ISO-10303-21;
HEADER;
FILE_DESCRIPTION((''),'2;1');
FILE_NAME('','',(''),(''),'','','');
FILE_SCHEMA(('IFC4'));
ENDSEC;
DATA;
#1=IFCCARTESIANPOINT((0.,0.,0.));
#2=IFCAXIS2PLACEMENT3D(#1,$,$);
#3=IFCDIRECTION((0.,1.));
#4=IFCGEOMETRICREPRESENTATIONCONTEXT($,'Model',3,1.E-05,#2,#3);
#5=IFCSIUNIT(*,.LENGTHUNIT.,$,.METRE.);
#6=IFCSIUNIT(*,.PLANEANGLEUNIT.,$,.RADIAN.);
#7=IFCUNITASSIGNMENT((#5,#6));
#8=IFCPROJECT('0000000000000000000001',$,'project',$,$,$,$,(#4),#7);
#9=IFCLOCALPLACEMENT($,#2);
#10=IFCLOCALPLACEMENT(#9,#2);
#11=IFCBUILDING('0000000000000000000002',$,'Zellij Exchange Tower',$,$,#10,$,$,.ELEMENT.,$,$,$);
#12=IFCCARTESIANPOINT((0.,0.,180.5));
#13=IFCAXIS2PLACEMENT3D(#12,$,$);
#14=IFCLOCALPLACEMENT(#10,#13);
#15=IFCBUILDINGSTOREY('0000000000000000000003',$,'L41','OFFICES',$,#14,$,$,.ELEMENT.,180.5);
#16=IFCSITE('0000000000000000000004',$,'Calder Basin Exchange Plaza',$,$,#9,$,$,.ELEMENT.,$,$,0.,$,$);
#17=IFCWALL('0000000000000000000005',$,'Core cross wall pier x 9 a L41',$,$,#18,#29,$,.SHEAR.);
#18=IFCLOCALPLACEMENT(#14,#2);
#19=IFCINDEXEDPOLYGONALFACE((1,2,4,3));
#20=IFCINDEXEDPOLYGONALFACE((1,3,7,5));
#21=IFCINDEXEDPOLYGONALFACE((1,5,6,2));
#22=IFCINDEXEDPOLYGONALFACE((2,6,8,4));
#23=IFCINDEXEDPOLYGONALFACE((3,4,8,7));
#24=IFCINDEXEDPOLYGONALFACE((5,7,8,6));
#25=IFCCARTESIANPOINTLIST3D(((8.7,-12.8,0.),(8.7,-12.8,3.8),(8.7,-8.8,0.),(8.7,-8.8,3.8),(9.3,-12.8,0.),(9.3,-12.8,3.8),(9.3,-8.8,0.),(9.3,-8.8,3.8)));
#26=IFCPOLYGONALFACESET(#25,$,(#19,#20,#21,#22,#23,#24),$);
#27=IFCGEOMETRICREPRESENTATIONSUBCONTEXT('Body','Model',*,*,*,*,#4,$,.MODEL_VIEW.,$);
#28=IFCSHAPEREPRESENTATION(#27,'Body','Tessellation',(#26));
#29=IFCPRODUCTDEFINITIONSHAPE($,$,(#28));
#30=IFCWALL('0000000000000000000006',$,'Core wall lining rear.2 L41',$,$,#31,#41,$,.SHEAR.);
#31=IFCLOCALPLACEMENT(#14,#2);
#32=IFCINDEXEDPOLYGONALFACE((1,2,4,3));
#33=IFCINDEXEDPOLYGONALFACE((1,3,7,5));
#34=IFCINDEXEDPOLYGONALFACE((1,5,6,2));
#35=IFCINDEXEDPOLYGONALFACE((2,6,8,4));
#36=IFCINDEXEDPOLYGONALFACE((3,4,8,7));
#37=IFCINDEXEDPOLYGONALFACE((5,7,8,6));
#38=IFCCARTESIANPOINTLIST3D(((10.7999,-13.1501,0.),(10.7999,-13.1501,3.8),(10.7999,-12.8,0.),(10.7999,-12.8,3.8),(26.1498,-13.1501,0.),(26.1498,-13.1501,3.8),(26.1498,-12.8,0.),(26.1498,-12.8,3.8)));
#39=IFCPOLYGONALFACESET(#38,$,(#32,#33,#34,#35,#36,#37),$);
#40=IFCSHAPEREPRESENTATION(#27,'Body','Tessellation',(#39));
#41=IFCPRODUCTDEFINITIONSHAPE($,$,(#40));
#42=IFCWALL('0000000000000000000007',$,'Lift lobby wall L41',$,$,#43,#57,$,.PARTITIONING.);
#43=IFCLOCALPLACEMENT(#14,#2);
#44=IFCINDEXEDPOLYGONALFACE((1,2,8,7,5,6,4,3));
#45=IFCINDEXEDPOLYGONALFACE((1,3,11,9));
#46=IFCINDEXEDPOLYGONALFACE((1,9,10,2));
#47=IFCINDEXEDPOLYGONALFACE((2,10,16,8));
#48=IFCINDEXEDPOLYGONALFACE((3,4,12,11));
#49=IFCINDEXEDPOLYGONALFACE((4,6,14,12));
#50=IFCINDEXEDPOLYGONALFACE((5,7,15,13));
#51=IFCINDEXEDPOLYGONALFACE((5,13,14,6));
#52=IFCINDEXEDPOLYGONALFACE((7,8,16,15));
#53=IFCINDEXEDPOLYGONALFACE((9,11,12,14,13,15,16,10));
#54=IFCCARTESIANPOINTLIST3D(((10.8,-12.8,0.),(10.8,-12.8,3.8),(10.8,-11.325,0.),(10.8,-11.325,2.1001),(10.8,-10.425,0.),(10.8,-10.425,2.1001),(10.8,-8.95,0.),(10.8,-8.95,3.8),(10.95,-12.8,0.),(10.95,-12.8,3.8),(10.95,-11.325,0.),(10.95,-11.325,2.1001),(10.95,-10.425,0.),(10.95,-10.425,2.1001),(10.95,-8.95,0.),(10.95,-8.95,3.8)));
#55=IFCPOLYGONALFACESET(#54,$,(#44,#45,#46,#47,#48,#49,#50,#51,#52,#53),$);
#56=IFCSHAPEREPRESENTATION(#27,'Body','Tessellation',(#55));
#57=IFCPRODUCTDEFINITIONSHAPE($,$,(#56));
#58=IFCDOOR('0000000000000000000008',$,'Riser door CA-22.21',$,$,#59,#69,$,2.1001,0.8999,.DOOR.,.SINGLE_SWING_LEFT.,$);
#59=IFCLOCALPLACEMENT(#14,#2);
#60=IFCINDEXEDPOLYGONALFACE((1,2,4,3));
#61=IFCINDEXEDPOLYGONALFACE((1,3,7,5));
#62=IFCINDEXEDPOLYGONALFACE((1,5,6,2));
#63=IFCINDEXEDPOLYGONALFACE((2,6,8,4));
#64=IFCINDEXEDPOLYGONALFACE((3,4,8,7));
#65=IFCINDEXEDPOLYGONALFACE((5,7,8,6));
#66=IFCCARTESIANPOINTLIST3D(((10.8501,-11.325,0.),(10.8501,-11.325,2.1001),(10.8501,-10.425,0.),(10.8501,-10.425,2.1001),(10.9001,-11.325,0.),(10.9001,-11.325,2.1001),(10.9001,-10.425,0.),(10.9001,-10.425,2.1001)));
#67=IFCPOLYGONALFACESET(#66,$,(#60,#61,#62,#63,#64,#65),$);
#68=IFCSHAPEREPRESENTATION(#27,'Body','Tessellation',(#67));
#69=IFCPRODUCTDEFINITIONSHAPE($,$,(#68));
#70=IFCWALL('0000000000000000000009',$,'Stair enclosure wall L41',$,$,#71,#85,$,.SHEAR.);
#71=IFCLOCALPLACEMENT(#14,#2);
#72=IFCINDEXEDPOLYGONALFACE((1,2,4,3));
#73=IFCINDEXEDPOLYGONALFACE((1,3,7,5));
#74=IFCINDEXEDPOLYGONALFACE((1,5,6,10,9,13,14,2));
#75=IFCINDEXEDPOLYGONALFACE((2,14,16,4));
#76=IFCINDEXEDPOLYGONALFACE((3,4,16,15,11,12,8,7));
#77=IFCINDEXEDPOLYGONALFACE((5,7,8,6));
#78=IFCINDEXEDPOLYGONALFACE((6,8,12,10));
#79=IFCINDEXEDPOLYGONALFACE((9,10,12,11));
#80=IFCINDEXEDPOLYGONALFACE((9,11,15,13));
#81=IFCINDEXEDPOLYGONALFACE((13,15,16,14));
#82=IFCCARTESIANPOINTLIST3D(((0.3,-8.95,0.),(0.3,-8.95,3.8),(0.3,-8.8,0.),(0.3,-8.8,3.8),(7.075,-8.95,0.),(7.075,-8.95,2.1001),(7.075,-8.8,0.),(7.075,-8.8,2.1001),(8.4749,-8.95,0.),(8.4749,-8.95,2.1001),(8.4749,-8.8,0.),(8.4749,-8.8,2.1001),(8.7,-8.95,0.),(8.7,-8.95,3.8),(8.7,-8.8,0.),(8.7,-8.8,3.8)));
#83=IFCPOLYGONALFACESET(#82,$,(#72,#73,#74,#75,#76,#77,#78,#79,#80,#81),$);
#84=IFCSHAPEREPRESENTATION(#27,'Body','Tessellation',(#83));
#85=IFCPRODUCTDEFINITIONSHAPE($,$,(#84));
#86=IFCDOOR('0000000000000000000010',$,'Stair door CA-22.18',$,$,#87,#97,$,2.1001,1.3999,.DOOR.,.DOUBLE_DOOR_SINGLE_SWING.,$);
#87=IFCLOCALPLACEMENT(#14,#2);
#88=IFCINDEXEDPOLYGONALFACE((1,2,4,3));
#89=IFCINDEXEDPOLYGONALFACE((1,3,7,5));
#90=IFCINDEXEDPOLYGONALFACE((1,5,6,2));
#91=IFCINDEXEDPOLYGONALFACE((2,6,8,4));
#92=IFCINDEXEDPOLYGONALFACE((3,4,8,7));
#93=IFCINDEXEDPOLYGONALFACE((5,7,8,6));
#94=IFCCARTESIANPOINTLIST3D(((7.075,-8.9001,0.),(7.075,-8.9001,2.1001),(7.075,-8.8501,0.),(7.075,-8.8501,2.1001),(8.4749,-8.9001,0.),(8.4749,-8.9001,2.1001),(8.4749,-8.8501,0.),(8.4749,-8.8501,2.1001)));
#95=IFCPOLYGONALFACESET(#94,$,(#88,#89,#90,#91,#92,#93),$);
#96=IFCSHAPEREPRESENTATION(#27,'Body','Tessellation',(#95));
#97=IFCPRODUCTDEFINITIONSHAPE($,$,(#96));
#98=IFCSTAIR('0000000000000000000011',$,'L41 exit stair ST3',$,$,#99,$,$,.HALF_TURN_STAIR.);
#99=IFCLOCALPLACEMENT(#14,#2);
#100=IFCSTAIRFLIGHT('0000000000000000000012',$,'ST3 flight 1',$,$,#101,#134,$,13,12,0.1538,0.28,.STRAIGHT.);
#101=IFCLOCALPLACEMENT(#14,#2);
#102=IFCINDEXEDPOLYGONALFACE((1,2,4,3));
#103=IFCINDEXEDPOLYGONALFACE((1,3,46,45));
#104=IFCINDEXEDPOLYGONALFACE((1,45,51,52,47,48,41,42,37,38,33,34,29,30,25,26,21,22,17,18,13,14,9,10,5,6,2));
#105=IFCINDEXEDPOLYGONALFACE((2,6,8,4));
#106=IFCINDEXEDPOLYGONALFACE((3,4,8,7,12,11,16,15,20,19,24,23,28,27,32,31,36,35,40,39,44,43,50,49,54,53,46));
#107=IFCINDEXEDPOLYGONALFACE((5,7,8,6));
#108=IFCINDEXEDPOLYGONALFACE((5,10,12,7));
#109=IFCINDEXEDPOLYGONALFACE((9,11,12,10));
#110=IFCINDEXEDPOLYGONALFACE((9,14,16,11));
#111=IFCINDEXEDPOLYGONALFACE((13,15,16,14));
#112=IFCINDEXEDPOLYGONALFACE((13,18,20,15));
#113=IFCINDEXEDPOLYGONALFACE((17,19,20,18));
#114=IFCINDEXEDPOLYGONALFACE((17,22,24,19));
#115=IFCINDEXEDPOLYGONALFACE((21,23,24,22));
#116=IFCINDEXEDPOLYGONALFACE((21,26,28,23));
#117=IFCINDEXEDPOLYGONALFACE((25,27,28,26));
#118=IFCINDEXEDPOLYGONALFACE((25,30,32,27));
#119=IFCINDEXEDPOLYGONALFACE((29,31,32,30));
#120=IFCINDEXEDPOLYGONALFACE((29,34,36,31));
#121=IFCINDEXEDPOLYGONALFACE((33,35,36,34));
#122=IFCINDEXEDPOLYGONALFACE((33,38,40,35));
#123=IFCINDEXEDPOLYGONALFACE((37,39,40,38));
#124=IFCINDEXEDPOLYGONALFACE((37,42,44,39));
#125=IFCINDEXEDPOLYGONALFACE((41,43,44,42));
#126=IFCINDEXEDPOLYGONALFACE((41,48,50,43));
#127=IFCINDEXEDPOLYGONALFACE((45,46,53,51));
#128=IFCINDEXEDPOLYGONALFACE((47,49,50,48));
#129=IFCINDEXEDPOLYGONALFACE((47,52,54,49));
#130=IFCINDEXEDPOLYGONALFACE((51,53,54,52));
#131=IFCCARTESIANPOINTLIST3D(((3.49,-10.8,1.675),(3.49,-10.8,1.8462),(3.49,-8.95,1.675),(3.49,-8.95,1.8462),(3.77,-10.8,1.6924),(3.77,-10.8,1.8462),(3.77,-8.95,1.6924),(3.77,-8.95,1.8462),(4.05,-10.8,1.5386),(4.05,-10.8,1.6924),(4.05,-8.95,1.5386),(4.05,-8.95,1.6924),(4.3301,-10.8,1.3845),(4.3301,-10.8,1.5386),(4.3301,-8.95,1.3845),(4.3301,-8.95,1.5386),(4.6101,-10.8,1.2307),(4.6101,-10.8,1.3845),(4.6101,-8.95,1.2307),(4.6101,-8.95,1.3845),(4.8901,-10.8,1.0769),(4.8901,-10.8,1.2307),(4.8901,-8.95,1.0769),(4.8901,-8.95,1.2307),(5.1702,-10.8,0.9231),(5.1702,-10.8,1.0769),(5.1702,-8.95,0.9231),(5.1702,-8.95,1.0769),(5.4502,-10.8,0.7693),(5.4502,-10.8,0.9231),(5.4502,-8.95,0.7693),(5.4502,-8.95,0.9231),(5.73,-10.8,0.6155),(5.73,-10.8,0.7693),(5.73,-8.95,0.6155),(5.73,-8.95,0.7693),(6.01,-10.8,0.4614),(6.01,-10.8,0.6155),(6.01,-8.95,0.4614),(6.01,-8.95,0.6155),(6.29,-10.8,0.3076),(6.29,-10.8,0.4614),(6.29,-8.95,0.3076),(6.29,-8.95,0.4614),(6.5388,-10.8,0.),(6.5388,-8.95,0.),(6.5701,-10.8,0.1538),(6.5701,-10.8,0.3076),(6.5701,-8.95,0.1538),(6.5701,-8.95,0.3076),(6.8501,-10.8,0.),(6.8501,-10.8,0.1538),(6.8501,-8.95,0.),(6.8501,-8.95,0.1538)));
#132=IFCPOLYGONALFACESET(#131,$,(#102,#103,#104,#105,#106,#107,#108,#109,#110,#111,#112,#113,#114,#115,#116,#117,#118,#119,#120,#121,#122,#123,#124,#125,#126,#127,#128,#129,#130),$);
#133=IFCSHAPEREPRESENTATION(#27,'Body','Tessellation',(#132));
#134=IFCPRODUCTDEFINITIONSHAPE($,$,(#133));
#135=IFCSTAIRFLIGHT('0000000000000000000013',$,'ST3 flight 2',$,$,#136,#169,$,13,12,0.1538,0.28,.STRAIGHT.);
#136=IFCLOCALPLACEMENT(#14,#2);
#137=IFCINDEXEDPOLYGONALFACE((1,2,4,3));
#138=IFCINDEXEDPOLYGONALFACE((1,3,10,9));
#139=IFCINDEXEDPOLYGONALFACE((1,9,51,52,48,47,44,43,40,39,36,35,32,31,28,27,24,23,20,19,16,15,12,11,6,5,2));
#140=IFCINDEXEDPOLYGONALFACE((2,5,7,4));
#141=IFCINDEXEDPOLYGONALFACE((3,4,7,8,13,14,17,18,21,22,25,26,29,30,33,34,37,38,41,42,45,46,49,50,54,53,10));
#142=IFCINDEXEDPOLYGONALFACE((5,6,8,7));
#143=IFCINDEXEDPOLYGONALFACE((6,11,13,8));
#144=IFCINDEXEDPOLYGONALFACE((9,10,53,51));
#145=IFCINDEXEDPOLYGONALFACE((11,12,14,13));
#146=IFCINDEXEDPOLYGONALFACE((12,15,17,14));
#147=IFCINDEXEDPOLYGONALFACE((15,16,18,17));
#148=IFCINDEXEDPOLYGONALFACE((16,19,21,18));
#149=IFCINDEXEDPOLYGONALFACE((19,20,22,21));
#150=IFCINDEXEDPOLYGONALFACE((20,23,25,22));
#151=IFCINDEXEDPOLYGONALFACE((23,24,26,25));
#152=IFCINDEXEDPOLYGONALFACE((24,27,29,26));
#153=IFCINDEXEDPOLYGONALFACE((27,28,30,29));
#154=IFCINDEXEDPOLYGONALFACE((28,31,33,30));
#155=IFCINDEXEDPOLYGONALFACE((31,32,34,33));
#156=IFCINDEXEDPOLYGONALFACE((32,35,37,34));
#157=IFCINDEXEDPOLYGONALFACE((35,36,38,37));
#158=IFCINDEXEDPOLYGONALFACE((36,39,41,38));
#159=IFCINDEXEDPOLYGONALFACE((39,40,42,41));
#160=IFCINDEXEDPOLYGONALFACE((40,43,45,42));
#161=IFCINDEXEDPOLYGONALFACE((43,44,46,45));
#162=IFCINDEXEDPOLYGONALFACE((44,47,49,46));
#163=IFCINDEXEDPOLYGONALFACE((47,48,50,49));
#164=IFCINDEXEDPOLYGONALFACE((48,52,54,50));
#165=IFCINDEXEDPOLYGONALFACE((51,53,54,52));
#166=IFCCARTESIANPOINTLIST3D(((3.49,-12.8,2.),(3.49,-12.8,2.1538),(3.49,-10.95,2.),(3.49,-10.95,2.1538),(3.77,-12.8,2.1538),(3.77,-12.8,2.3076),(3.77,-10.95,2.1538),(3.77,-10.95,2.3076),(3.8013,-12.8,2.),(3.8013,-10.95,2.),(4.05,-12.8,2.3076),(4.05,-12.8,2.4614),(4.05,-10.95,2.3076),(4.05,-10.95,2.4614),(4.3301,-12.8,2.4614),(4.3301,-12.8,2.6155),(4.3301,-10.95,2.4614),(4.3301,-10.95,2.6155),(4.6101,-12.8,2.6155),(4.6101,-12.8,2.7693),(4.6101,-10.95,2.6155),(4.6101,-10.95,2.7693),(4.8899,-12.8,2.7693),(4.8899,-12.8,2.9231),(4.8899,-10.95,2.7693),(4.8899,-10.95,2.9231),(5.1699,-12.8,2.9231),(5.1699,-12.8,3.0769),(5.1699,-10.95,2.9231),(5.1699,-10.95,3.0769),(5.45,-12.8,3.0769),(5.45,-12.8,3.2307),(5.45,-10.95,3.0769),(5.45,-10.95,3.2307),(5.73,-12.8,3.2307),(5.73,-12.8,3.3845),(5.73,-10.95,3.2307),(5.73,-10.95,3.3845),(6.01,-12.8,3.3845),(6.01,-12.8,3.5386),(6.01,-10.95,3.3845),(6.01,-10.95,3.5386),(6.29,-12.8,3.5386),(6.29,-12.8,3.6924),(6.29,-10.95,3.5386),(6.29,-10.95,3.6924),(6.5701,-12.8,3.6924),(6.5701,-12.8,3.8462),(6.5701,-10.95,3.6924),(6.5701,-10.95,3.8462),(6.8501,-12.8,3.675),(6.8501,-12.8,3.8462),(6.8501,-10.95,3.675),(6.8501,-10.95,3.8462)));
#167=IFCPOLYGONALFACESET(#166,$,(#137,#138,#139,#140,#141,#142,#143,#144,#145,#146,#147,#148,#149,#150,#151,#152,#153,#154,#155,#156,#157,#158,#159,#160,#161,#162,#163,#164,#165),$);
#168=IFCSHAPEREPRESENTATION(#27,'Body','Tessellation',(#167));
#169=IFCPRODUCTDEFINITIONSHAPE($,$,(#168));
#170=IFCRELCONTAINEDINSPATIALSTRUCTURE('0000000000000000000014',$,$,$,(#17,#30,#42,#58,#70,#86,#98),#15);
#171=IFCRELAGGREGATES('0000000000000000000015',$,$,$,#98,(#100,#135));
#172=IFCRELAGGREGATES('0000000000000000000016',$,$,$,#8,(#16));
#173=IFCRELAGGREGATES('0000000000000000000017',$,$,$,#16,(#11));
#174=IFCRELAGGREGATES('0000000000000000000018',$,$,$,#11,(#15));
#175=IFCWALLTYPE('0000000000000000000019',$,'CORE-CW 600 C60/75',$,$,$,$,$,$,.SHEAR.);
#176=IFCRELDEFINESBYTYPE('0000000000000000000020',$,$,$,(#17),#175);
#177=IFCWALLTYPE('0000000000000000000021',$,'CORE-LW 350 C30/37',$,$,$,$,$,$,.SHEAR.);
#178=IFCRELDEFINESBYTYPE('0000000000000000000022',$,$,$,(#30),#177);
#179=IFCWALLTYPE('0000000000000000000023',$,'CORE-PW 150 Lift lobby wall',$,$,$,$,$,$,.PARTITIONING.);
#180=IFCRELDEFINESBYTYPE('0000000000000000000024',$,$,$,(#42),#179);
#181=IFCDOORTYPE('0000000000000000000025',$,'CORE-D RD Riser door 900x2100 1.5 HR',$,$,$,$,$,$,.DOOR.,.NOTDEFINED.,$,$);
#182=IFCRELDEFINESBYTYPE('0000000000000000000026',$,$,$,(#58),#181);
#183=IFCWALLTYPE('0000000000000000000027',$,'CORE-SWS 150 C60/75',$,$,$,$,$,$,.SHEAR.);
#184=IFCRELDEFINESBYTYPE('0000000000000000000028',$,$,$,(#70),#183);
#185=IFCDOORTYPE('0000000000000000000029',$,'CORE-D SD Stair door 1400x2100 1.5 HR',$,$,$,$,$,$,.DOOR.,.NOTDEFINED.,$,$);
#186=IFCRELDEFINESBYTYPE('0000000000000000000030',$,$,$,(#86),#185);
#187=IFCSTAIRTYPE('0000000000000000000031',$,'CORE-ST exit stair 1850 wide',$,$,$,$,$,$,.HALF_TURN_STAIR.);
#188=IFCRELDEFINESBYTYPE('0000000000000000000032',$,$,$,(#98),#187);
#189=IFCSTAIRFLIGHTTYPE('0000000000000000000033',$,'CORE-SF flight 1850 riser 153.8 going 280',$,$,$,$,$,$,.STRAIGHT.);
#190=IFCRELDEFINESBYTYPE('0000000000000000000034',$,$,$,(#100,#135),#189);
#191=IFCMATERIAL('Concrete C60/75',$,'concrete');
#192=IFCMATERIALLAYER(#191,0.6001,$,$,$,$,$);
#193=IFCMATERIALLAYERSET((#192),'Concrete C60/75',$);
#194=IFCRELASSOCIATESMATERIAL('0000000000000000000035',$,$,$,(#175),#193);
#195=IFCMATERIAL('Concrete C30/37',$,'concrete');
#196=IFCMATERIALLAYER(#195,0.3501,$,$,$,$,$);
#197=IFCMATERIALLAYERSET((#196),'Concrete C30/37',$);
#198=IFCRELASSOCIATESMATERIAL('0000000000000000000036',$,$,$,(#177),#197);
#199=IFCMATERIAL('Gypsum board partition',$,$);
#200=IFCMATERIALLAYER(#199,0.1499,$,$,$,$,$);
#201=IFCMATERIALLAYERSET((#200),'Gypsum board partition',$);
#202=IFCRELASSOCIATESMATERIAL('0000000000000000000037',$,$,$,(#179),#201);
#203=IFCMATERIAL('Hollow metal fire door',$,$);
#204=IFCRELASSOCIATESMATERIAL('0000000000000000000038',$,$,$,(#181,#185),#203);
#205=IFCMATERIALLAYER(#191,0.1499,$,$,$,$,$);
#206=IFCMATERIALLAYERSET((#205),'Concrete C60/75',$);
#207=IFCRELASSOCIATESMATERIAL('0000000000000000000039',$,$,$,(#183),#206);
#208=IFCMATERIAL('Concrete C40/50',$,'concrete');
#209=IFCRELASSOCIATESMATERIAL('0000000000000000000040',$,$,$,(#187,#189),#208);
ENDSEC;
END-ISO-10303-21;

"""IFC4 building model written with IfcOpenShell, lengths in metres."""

from ifc_helpers import new_model, si_unit, direction, frame, frame_2d, origin, place, context, subcontext, project, spatial, polyline, rectangle, outline, extrude, material, layer, layer_set, type_object, element, fill, aggregate, save


model = new_model("IFC4")

# Units and contexts
model_context = context("Model", 3, precision=1e-05, world=origin(), true_north=direction((0.0, 1.0)))
body_context = subcontext(model_context, "Body", "Model", "MODEL_VIEW")
ifc_project = project(units=[si_unit("LENGTHUNIT", "METRE"), si_unit("PLANEANGLEUNIT", "RADIAN")], contexts=[model_context])

# Site, building, storey
site_placement = place(None, origin())
site = spatial("IfcSite", under=ifc_project, at=site_placement, Name="Calder Basin Exchange Plaza", CompositionType="ELEMENT", RefElevation=0.0)
building_placement = place(site_placement, origin())
building = spatial("IfcBuilding", under=site, at=building_placement, Name="Zellij Exchange Tower", CompositionType="ELEMENT")
storey_placement = place(building_placement, frame((0.0, 0.0, 180.5)))
storey = spatial("IfcBuildingStorey", under=building, at=storey_placement, Name="L41", Description="OFFICES", CompositionType="ELEMENT", Elevation=180.5)

# Walls
ifc_material_1 = material(Name="Concrete C60/75", Category="concrete")
ifc_layer_1 = layer(ifc_material_1, 0.6001)
ifc_layer_set_1 = layer_set([ifc_layer_1], Name="Concrete C60/75")
wall_type_1 = type_object("IfcWallType", Name="CORE-CW 600 C60/75", PredefinedType="SHEAR", material=ifc_layer_set_1)
wall_1_placement = place(storey_placement, frame((9.0, -12.8, 0.0), z_axis=(0.0, 0.0, 1.0), x_axis=(0.0, 1.0, 0.0)))
element("IfcWall", 1, at=wall_1_placement, inside=storey, type_object=wall_type_1, Name="Core cross wall pier x 9 a L41", PredefinedType="SHEAR", context=body_context, shape_type="SweptSolid", body=[
    extrude(rectangle(XDim=4.0, YDim=0.6001, at=frame_2d((2.0, 0.0))), origin(), (0.0, 0.0, 1.0), 3.8),
])
ifc_material_2 = material(Name="Concrete C30/37", Category="concrete")
ifc_layer_2 = layer(ifc_material_2, 0.3501)
ifc_layer_set_2 = layer_set([ifc_layer_2], Name="Concrete C30/37")
wall_type_2 = type_object("IfcWallType", Name="CORE-LW 350 C30/37", PredefinedType="SHEAR", material=ifc_layer_set_2)
wall_2_placement = place(storey_placement, frame((10.8, -12.9751, 0.0), z_axis=(0.0, 0.0, 1.0), x_axis=(1.0, 0.0, 0.0)))
element("IfcWall", 2, at=wall_2_placement, inside=storey, type_object=wall_type_2, Name="Core wall lining rear.2 L41", PredefinedType="SHEAR", context=body_context, shape_type="SweptSolid", body=[
    extrude(rectangle(XDim=15.3499, YDim=0.3501, at=frame_2d((7.6748, 0.0))), origin(), (0.0, 0.0, 1.0), 3.8),
])

# Walls, openings, doors
ifc_material_3 = material(Name="Gypsum board partition")
ifc_layer_3 = layer(ifc_material_3, 0.1499)
ifc_layer_set_3 = layer_set([ifc_layer_3], Name="Gypsum board partition")
wall_type_3 = type_object("IfcWallType", Name="CORE-PW 150 Lift lobby wall", PredefinedType="PARTITIONING", material=ifc_layer_set_3)
wall_3_placement = place(storey_placement, frame((10.875, -12.8, 0.0), z_axis=(0.0, 0.0, 1.0), x_axis=(0.0, 1.0, 0.0)))
wall_3 = element("IfcWall", 3, at=wall_3_placement, inside=storey, type_object=wall_type_3, Name="Lift lobby wall L41", PredefinedType="PARTITIONING", context=body_context, shape_type="SweptSolid", body=[
    extrude(rectangle(XDim=3.8501, YDim=0.1499, at=frame_2d((1.925, 0.0))), origin(), (0.0, 0.0, 1.0), 3.8),
])
opening_1_placement = place(wall_3_placement, frame((1.4751, 0.0, 0.0)))
opening_1 = element("IfcOpeningElement", 4, at=opening_1_placement, cuts=wall_3, PredefinedType="OPENING", context=body_context, shape_type="SweptSolid", body=[
    extrude(rectangle(XDim=0.8999, YDim=2.1001, at=frame_2d((0.45, 1.05))), frame((0.0, 0.0869, 0.0), z_axis=(0.0, -1.0, 0.0), x_axis=(1.0, 0.0, 0.0)), (0.0, 0.0, 1.0), 0.1738),
])
ifc_material_4 = material(Name="Hollow metal fire door")
door_type_1 = type_object("IfcDoorType", Name="CORE-D RD Riser door 900x2100 1.5 HR", OperationType="NOTDEFINED", PredefinedType="DOOR", material=ifc_material_4)
door_1_placement = place(opening_1_placement, origin())
door_1 = element("IfcDoor", 5, at=door_1_placement, inside=storey, type_object=door_type_1, Name="Riser door CA-22.21", OperationType="SINGLE_SWING_LEFT", OverallHeight=2.1001, OverallWidth=0.8999, PredefinedType="DOOR", context=body_context, shape_type="SweptSolid", body=[
    extrude(rectangle(XDim=0.8999, YDim=2.1001, at=frame_2d((0.45, 1.05))), frame((0.0, 0.0249, 0.0), z_axis=(0.0, -1.0, 0.0), x_axis=(1.0, 0.0, 0.0)), (0.0, 0.0, 1.0), 0.05),
])
fill(opening_1, door_1)
ifc_layer_4 = layer(ifc_material_1, 0.1499)
ifc_layer_set_4 = layer_set([ifc_layer_4], Name="Concrete C60/75")
wall_type_4 = type_object("IfcWallType", Name="CORE-SWS 150 C60/75", PredefinedType="SHEAR", material=ifc_layer_set_4)
wall_4_placement = place(storey_placement, frame((0.3, -8.875, 0.0), z_axis=(0.0, 0.0, 1.0), x_axis=(1.0, 0.0, 0.0)))
wall_4 = element("IfcWall", 6, at=wall_4_placement, inside=storey, type_object=wall_type_4, Name="Stair enclosure wall L41", PredefinedType="SHEAR", context=body_context, shape_type="SweptSolid", body=[
    extrude(rectangle(XDim=8.3999, YDim=0.1499, at=frame_2d((4.2, 0.0))), origin(), (0.0, 0.0, 1.0), 3.8),
])
opening_2_placement = place(wall_4_placement, frame((6.7749, 0.0, 0.0)))
opening_2 = element("IfcOpeningElement", 7, at=opening_2_placement, cuts=wall_4, PredefinedType="OPENING", context=body_context, shape_type="SweptSolid", body=[
    extrude(rectangle(XDim=1.3999, YDim=2.1001, at=frame_2d((0.7, 1.05))), frame((0.0, 0.0869, 0.0), z_axis=(0.0, -1.0, 0.0), x_axis=(1.0, 0.0, 0.0)), (0.0, 0.0, 1.0), 0.1738),
])
door_type_2 = type_object("IfcDoorType", Name="CORE-D SD Stair door 1400x2100 1.5 HR", OperationType="NOTDEFINED", PredefinedType="DOOR", material=ifc_material_4)
door_2_placement = place(opening_2_placement, origin())
door_2 = element("IfcDoor", 8, at=door_2_placement, inside=storey, type_object=door_type_2, Name="Stair door CA-22.18", OperationType="DOUBLE_DOOR_SINGLE_SWING", OverallHeight=2.1001, OverallWidth=1.3999, PredefinedType="DOOR", context=body_context, shape_type="SweptSolid", body=[
    extrude(rectangle(XDim=1.3999, YDim=2.1001, at=frame_2d((0.7, 1.05))), frame((0.0, 0.0249, 0.0), z_axis=(0.0, -1.0, 0.0), x_axis=(1.0, 0.0, 0.0)), (0.0, 0.0, 1.0), 0.05),
])
fill(opening_2, door_2)

# Stair, stair flights
ifc_material_5 = material(Name="Concrete C40/50", Category="concrete")
stair_type = type_object("IfcStairType", Name="CORE-ST exit stair 1850 wide", PredefinedType="HALF_TURN_STAIR", material=ifc_material_5)
stair_placement = place(storey_placement, origin())
stair = element("IfcStair", 9, at=stair_placement, inside=storey, type_object=stair_type, Name="L41 exit stair ST3", PredefinedType="HALF_TURN_STAIR")
stair_flight_type = type_object("IfcStairFlightType", Name="CORE-SF flight 1850 riser 153.8 going 280", PredefinedType="STRAIGHT", material=ifc_material_5)
stair_flight_1_placement = place(storey_placement, frame((6.8501, -9.875, 0.0), z_axis=(0.0, 0.0, 1.0), x_axis=(-1.0, 0.0, 0.0)))
stair_flight_1 = element("IfcStairFlight", 10, at=stair_flight_1_placement, type_object=stair_flight_type, Name="ST3 flight 1", NumberOfRisers=13, NumberOfTreads=12, PredefinedType="STRAIGHT", RiserHeight=0.1538, TreadLength=0.28, context=body_context, shape_type="SweptSolid", body=[
    extrude(outline(polyline([(0.0, 0.0), (0.0, 0.1538), (0.28, 0.1538), (0.28, 0.3076), (0.5601, 0.3076), (0.5601, 0.4614), (0.8401, 0.4614), (0.8401, 0.6155), (1.1201, 0.6155), (1.1201, 0.7693), (1.3999, 0.7693), (1.3999, 0.9231), (1.6799, 0.9231), (1.6799, 1.0769), (1.96, 1.0769), (1.96, 1.2307), (2.24, 1.2307), (2.24, 1.3845), (2.52, 1.3845), (2.52, 1.5386), (2.8, 1.5386), (2.8, 1.6924), (3.0801, 1.6924), (3.0801, 1.8462), (3.3601, 1.8462), (3.3601, 2.0), (3.3601, 1.675), (0.3113, 0.0), (0.0, 0.0)])), frame((0.0, 0.925, 0.0), z_axis=(0.0, -1.0, 0.0), x_axis=(1.0, 0.0, 0.0)), (0.0, 0.0, 1.0), 1.8501),
])
stair_flight_2_placement = place(storey_placement, frame((3.49, -11.875, 2.0), z_axis=(0.0, 0.0, 1.0), x_axis=(1.0, 0.0, 0.0)))
stair_flight_2 = element("IfcStairFlight", 11, at=stair_flight_2_placement, type_object=stair_flight_type, Name="ST3 flight 2", NumberOfRisers=13, NumberOfTreads=12, PredefinedType="STRAIGHT", RiserHeight=0.1538, TreadLength=0.28, context=body_context, shape_type="SweptSolid", body=[
    extrude(outline(polyline([(0.0, 0.0), (0.0, 0.1538), (0.28, 0.1538), (0.28, 0.3076), (0.5601, 0.3076), (0.5601, 0.4614), (0.8401, 0.4614), (0.8401, 0.6155), (1.1201, 0.6155), (1.1201, 0.7693), (1.3999, 0.7693), (1.3999, 0.9231), (1.6799, 0.9231), (1.6799, 1.0769), (1.96, 1.0769), (1.96, 1.2307), (2.24, 1.2307), (2.24, 1.3845), (2.52, 1.3845), (2.52, 1.5386), (2.8, 1.5386), (2.8, 1.6924), (3.0801, 1.6924), (3.0801, 1.8462), (3.3601, 1.8462), (3.3601, 2.0), (3.3601, 1.675), (0.3113, 0.0), (0.0, 0.0)])), frame((0.0, 0.925, 0.0), z_axis=(0.0, -1.0, 0.0), x_axis=(1.0, 0.0, 0.0)), (0.0, 0.0, 1.0), 1.8501),
])
aggregate(stair, [stair_flight_1, stair_flight_2])

save(model, "model.ifc")
